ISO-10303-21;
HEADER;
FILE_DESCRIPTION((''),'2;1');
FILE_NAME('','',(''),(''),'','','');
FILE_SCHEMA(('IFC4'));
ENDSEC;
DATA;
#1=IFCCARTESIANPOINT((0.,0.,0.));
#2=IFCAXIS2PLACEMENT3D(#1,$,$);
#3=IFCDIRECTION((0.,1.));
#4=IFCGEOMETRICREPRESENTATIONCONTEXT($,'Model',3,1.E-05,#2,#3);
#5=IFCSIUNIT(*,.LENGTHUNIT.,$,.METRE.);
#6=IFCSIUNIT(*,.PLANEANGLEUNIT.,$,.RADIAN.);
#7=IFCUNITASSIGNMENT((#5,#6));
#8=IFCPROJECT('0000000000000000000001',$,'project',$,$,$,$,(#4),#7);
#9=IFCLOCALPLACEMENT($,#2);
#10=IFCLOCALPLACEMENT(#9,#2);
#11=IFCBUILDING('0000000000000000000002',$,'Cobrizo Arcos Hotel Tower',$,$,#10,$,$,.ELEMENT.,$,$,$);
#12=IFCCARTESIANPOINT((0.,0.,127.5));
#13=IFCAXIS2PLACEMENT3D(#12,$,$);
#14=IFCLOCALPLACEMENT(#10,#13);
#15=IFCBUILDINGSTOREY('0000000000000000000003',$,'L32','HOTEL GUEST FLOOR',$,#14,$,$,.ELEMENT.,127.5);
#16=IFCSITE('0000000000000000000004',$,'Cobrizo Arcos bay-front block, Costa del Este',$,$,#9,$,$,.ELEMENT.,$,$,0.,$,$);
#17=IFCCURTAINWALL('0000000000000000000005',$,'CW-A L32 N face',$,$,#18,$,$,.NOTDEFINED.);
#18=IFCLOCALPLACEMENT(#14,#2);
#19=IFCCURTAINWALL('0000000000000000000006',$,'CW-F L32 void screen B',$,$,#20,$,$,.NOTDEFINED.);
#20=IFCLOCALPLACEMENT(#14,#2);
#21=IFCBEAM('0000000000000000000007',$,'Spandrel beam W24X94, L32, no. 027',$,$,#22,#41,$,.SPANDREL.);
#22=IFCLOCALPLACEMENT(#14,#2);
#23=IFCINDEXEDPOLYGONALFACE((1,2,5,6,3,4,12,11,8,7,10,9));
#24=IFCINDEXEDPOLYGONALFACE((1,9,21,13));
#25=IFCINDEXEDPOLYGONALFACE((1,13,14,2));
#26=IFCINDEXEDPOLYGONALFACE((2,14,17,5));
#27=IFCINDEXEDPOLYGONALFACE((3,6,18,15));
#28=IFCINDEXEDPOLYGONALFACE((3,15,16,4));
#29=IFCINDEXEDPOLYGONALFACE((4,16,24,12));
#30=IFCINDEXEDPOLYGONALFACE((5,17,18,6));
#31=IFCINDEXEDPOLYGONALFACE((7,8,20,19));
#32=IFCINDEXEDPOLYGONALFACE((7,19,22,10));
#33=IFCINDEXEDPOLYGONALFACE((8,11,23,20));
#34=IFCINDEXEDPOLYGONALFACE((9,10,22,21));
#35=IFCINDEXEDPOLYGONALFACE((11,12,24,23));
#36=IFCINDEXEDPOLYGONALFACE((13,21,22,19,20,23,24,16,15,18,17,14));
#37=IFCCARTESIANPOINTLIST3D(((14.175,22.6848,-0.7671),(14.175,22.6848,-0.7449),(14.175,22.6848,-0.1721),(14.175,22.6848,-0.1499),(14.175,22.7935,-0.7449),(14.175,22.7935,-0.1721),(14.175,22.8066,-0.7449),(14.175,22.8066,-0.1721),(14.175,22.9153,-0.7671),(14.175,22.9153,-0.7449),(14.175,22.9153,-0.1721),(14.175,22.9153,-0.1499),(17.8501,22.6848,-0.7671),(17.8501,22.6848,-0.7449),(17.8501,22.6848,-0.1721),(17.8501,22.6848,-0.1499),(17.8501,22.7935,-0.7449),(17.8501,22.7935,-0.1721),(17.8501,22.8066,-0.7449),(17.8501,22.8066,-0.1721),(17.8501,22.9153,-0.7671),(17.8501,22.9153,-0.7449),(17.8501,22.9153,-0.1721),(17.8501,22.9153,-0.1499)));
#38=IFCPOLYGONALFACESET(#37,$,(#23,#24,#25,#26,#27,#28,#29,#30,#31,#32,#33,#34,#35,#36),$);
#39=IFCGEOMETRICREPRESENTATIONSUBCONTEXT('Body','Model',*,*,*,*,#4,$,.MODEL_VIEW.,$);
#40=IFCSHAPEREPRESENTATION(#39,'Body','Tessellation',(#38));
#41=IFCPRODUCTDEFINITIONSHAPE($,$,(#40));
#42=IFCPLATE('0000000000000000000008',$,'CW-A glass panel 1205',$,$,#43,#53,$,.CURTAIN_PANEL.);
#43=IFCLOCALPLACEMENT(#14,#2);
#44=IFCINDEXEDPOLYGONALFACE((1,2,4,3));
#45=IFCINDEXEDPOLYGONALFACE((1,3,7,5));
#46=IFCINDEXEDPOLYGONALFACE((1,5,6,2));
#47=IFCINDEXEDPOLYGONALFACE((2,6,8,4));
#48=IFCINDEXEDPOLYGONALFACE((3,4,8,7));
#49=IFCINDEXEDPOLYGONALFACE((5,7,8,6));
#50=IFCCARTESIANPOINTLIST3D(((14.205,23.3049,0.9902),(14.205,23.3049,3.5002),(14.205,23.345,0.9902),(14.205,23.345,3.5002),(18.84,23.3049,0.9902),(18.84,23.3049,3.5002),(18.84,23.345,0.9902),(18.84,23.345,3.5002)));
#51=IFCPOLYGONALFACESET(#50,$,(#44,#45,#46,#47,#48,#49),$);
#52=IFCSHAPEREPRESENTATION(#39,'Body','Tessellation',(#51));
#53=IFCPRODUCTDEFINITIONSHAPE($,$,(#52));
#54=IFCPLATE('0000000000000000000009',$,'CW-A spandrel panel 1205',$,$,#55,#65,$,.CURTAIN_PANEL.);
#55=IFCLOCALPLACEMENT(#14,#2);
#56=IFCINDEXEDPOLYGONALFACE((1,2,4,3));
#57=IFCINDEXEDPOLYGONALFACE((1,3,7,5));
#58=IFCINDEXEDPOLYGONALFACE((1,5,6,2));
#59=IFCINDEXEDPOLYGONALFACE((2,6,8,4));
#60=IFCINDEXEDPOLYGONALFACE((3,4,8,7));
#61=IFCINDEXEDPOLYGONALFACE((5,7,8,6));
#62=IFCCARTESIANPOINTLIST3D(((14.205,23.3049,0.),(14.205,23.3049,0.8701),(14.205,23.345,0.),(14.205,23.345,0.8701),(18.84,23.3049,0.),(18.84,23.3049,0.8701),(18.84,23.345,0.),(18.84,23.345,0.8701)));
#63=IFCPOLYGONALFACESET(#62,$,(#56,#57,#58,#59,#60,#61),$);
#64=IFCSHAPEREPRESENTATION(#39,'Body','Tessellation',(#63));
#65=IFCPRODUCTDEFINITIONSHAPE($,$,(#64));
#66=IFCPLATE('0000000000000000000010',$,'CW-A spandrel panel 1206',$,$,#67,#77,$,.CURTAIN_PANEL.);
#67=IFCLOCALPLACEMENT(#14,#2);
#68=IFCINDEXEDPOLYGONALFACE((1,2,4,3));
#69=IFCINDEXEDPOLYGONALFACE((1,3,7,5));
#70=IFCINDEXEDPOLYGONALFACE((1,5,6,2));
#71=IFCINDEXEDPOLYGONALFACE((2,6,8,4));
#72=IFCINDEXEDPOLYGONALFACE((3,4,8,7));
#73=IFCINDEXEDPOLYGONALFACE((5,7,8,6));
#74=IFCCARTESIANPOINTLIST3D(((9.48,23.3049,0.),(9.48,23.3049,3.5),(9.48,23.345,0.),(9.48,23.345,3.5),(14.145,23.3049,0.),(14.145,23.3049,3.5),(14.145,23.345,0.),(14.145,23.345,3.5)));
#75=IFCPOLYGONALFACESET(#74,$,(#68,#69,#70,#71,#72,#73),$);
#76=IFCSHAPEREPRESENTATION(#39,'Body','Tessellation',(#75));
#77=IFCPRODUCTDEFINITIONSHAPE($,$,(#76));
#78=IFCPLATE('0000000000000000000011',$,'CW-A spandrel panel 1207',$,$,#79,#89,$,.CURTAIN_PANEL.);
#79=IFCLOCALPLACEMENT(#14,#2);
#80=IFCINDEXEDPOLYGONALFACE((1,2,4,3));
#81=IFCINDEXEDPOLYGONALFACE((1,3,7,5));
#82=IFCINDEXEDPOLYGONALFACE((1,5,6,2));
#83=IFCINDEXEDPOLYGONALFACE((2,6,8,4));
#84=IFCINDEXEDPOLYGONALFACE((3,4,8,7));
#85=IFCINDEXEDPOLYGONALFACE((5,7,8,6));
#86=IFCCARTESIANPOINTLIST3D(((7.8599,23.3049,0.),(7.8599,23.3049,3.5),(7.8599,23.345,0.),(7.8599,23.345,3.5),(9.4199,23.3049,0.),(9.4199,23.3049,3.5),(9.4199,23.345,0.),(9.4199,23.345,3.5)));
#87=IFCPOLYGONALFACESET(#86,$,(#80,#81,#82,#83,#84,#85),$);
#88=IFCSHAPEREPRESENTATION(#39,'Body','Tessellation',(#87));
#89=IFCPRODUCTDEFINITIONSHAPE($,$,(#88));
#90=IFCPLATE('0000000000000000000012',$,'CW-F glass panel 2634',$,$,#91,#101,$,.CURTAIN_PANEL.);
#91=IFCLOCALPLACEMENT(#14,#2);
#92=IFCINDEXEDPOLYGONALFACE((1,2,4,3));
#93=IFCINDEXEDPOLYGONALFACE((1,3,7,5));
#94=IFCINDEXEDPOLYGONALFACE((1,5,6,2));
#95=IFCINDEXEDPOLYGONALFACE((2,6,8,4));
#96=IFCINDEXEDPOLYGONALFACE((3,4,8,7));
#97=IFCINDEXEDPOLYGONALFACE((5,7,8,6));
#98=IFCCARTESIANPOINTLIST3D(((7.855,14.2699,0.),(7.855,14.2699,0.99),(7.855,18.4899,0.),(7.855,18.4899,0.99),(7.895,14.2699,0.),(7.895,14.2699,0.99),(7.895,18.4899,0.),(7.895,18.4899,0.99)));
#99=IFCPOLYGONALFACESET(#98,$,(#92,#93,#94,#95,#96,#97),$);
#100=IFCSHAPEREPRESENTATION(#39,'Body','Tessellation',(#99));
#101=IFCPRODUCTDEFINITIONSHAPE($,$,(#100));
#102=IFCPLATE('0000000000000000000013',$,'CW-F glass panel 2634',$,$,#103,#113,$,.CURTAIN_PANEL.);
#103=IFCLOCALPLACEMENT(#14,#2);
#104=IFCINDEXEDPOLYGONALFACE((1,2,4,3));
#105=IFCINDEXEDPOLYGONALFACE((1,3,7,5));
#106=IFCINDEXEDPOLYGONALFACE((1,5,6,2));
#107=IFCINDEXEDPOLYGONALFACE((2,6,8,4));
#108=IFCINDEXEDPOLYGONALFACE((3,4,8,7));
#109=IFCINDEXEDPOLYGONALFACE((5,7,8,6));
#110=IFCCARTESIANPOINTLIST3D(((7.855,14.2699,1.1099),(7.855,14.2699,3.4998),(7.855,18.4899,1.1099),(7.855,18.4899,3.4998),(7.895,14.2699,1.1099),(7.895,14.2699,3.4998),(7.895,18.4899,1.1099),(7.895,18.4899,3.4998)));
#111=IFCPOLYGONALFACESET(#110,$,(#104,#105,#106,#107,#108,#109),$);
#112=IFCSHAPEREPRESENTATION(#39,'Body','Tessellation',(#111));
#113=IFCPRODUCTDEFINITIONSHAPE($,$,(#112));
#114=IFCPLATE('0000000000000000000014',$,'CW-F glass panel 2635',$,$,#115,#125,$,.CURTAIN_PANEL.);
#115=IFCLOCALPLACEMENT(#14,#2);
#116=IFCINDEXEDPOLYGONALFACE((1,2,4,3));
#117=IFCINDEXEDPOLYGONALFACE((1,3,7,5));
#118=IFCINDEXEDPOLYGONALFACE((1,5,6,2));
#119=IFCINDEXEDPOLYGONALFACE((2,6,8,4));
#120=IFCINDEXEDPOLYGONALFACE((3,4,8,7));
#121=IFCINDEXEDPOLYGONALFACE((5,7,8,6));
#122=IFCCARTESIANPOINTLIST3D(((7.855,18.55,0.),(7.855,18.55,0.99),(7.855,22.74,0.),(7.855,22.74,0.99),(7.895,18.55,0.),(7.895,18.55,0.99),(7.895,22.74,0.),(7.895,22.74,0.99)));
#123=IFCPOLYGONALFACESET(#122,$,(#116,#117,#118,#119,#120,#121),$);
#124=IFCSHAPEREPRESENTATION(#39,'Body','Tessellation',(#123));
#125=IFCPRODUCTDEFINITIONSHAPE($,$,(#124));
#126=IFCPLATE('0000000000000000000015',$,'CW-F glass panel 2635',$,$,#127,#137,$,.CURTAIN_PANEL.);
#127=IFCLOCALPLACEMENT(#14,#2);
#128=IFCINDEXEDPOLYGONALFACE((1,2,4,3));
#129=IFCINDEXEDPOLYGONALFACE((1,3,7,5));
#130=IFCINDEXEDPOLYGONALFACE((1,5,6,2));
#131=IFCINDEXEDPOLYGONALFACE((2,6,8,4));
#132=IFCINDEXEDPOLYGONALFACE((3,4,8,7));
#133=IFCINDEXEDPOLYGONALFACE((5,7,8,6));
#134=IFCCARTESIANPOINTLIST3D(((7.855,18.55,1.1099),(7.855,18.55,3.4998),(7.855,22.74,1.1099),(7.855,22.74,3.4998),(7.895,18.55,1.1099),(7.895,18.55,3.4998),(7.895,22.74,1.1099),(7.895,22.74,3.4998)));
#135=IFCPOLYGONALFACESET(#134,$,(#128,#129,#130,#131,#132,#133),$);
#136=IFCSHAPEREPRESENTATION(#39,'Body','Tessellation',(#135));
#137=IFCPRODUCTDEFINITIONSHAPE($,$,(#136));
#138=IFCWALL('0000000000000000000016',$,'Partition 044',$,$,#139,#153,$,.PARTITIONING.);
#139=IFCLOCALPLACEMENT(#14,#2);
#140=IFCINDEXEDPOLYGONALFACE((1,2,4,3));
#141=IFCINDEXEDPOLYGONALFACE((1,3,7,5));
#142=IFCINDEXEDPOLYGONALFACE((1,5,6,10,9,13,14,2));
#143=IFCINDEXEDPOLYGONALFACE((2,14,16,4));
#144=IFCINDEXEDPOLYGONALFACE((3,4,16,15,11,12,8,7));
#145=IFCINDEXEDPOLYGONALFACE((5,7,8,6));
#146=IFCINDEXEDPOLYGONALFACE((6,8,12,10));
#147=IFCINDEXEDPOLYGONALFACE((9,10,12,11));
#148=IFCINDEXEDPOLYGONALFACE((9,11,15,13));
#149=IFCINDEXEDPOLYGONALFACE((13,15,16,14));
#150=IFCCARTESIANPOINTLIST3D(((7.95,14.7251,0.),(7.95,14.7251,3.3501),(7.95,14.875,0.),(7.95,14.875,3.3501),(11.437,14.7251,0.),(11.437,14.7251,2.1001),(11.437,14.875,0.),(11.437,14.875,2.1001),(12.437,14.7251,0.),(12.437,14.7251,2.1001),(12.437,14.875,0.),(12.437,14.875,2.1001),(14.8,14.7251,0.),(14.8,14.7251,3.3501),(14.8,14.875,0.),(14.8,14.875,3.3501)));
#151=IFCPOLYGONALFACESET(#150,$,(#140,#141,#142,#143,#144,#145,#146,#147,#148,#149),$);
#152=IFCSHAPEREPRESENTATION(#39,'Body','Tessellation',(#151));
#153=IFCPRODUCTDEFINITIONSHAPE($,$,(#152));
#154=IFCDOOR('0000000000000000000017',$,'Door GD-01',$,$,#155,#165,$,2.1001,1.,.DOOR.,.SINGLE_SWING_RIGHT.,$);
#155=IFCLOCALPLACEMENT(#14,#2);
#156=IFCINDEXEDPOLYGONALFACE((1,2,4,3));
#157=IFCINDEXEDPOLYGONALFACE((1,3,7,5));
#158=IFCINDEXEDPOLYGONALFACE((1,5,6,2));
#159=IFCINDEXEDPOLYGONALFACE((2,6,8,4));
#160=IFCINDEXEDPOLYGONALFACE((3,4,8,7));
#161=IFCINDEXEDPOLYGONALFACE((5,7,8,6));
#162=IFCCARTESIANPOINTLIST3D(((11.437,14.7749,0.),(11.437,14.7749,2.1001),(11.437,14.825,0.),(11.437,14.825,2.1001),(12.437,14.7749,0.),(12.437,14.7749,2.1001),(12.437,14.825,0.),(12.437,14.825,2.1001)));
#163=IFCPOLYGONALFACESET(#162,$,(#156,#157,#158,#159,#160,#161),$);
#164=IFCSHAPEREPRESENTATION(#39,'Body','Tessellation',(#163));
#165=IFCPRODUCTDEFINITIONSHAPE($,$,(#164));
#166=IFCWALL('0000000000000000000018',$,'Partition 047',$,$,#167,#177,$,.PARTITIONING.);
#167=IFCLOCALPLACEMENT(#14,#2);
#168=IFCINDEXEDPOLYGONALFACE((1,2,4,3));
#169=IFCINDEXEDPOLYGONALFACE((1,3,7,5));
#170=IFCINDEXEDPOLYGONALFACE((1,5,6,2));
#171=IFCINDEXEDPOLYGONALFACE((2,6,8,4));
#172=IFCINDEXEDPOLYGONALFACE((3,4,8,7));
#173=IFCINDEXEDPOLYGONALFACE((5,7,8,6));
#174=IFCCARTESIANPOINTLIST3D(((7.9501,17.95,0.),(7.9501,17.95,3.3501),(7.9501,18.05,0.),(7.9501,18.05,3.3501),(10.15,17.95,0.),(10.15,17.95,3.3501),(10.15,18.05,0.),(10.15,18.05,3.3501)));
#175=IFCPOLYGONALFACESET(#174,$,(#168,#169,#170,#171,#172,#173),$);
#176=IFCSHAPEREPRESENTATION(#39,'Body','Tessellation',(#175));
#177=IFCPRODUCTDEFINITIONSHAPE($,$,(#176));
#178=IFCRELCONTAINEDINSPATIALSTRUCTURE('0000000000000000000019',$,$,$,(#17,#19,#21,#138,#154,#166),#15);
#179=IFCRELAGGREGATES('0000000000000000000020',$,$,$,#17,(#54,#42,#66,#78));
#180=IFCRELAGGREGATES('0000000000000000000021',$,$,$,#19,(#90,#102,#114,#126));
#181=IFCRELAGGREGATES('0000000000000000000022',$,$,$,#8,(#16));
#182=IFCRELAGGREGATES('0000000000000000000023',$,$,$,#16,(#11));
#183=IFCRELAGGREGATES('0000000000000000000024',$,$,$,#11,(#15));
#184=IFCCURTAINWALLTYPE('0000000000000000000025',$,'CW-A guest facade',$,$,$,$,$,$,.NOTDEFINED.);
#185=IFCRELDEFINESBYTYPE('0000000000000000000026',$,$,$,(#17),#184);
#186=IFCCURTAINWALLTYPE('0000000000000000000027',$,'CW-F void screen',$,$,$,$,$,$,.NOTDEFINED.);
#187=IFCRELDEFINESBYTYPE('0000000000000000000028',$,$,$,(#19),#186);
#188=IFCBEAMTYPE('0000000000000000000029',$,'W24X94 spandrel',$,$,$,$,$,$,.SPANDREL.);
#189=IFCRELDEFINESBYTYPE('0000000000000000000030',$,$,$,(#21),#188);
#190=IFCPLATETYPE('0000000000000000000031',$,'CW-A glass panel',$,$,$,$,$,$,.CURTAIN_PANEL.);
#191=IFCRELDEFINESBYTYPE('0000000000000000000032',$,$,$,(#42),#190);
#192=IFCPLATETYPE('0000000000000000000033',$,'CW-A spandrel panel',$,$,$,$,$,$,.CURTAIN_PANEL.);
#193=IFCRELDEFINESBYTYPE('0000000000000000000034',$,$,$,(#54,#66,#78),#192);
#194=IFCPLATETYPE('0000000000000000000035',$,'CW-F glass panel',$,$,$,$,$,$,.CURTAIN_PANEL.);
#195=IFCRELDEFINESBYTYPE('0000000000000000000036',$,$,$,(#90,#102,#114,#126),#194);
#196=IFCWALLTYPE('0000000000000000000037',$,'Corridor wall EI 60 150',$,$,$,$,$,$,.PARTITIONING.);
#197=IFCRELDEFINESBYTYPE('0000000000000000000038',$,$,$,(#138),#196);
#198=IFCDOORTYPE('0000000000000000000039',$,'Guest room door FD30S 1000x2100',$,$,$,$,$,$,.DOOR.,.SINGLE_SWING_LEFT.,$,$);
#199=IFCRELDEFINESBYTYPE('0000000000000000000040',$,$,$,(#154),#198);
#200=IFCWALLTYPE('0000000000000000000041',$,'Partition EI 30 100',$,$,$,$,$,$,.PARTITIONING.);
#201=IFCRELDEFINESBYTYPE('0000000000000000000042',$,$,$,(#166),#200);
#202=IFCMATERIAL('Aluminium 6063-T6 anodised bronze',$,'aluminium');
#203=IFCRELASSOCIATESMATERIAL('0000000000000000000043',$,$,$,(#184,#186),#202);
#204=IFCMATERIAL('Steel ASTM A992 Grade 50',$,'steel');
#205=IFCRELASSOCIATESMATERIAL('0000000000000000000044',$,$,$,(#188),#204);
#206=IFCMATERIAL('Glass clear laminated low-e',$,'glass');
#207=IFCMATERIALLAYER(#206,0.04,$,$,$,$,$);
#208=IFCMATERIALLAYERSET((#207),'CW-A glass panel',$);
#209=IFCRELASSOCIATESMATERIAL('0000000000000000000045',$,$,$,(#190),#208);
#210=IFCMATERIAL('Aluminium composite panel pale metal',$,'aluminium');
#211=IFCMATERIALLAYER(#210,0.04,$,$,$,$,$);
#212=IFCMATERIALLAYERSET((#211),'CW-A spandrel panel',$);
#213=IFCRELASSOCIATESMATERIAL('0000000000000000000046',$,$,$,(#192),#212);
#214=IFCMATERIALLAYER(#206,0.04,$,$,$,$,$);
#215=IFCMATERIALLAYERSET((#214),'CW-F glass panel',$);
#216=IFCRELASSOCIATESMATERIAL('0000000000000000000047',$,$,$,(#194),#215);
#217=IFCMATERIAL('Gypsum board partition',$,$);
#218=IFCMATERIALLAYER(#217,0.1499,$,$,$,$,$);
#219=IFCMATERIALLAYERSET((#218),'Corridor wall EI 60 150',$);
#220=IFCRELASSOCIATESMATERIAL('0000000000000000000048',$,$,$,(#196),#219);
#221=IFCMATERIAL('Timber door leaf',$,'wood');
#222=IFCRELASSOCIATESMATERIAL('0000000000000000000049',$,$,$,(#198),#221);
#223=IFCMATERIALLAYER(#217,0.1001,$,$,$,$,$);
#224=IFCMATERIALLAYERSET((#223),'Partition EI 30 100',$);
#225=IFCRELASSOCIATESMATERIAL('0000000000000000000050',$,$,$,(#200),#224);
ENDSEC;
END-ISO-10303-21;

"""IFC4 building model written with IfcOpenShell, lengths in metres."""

from ifc_helpers import new_model, si_unit, direction, frame, frame_2d, origin, origin_2d, place, context, subcontext, project, spatial, rectangle, i_section, extrude, material, layer, layer_set, material_profile, profile_set, type_object, element, fill, aggregate, save


model = new_model("IFC4")

# Units and contexts
model_context = context("Model", 3, precision=1e-05, world=origin(), true_north=direction((0.0, 1.0)))
body_context = subcontext(model_context, "Body", "Model", "MODEL_VIEW")
ifc_project = project(units=[si_unit("LENGTHUNIT", "METRE"), si_unit("PLANEANGLEUNIT", "RADIAN")], contexts=[model_context])

# Site, building, storey
site_placement = place(None, origin())
site = spatial("IfcSite", under=ifc_project, at=site_placement, Name="Cobrizo Arcos bay-front block, Costa del Este", CompositionType="ELEMENT", RefElevation=0.0)
building_placement = place(site_placement, origin())
building = spatial("IfcBuilding", under=site, at=building_placement, Name="Cobrizo Arcos Hotel Tower", CompositionType="ELEMENT")
storey_placement = place(building_placement, frame((0.0, 0.0, 127.5)))
storey = spatial("IfcBuildingStorey", under=building, at=storey_placement, Name="L32", Description="HOTEL GUEST FLOOR", CompositionType="ELEMENT", Elevation=127.5)

# Curtain walls
ifc_material_1 = material(Name="Aluminium 6063-T6 anodised bronze", Category="aluminium")
curtain_wall_type_1 = type_object("IfcCurtainWallType", Name="CW-A guest facade", PredefinedType="NOTDEFINED", material=ifc_material_1)
curtain_wall_1_placement = place(storey_placement, origin())
curtain_wall_1 = element("IfcCurtainWall", 1, at=curtain_wall_1_placement, inside=storey, type_object=curtain_wall_type_1, Name="CW-A L32 N face", PredefinedType="NOTDEFINED")
curtain_wall_type_2 = type_object("IfcCurtainWallType", Name="CW-F void screen", PredefinedType="NOTDEFINED", material=ifc_material_1)
curtain_wall_2_placement = place(storey_placement, origin())
curtain_wall_2 = element("IfcCurtainWall", 2, at=curtain_wall_2_placement, inside=storey, type_object=curtain_wall_type_2, Name="CW-F L32 void screen B", PredefinedType="NOTDEFINED")

# Beam
ifc_material_2 = material(Name="Steel ASTM A992 Grade 50", Category="steel")
ifc_material_profile_1 = material_profile(ifc_material_2, i_section(OverallWidth=0.2305, OverallDepth=0.6172, WebThickness=0.0132, FlangeThickness=0.0222, at=origin_2d()), Name="W24X94")
ifc_profile_set_1 = profile_set([ifc_material_profile_1], Name="Steel ASTM A992 Grade 50")
beam_type = type_object("IfcBeamType", Name="W24X94 spandrel", PredefinedType="SPANDREL", material=ifc_profile_set_1)
beam_1_placement = place(storey_placement, frame((14.175, 22.8, -0.4585), z_axis=(1.0, 0.0, 0.0), x_axis=(0.0, 1.0, 0.0)))
element("IfcBeam", 3, at=beam_1_placement, inside=storey, type_object=beam_type, Name="Spandrel beam W24X94, L32, no. 027", PredefinedType="SPANDREL", context=body_context, shape_type="SweptSolid", body=[
    extrude(i_section(OverallWidth=0.2305, OverallDepth=0.6172, WebThickness=0.0132, FlangeThickness=0.0222, at=origin_2d()), origin(), (0.0, 0.0, 1.0), 3.675),
])

# Plates
ifc_material_3 = material(Name="Glass clear laminated low-e", Category="glass")
ifc_layer_1 = layer(ifc_material_3, 0.04)
ifc_layer_set_1 = layer_set([ifc_layer_1], Name="CW-A glass panel")
plate_type_1 = type_object("IfcPlateType", Name="CW-A glass panel", PredefinedType="CURTAIN_PANEL", material=ifc_layer_set_1)
plate_1_placement = place(storey_placement, frame((16.5225, 23.325, 0.9902), z_axis=(0.0, 0.0, 1.0), x_axis=(-1.0, 0.0, 0.0)))
plate_1 = element("IfcPlate", 4, at=plate_1_placement, type_object=plate_type_1, Name="CW-A glass panel 1205", PredefinedType="CURTAIN_PANEL", context=body_context, shape_type="SweptSolid", body=[
    extrude(rectangle(XDim=4.635, YDim=0.04, at=origin_2d()), origin(), (0.0, 0.0, 1.0), 2.51),
])
ifc_material_4 = material(Name="Aluminium composite panel pale metal", Category="aluminium")
ifc_layer_2 = layer(ifc_material_4, 0.04)
ifc_layer_set_2 = layer_set([ifc_layer_2], Name="CW-A spandrel panel")
plate_type_2 = type_object("IfcPlateType", Name="CW-A spandrel panel", PredefinedType="CURTAIN_PANEL", material=ifc_layer_set_2)
plate_2_placement = place(storey_placement, frame((16.5225, 23.325, 0.0), z_axis=(0.0, 0.0, 1.0), x_axis=(-1.0, 0.0, 0.0)))
plate_2 = element("IfcPlate", 5, at=plate_2_placement, type_object=plate_type_2, Name="CW-A spandrel panel 1205", PredefinedType="CURTAIN_PANEL", context=body_context, shape_type="SweptSolid", body=[
    extrude(rectangle(XDim=4.635, YDim=0.04, at=origin_2d()), origin(), (0.0, 0.0, 1.0), 0.8701),
])
plate_3_placement = place(storey_placement, frame((11.8125, 23.325, 0.0), z_axis=(0.0, 0.0, 1.0), x_axis=(-1.0, 0.0, 0.0)))
plate_3 = element("IfcPlate", 6, at=plate_3_placement, type_object=plate_type_2, Name="CW-A spandrel panel 1206", PredefinedType="CURTAIN_PANEL", context=body_context, shape_type="SweptSolid", body=[
    extrude(rectangle(XDim=4.665, YDim=0.04, at=origin_2d()), origin(), (0.0, 0.0, 1.0), 3.5),
])
plate_4_placement = place(storey_placement, frame((8.6399, 23.325, 0.0), z_axis=(0.0, 0.0, 1.0), x_axis=(-1.0, 0.0, 0.0)))
plate_4 = element("IfcPlate", 7, at=plate_4_placement, type_object=plate_type_2, Name="CW-A spandrel panel 1207", PredefinedType="CURTAIN_PANEL", context=body_context, shape_type="SweptSolid", body=[
    extrude(rectangle(XDim=1.5601, YDim=0.04, at=origin_2d()), origin(), (0.0, 0.0, 1.0), 3.5),
])
aggregate(curtain_wall_1, [plate_2, plate_1, plate_3, plate_4])
ifc_layer_3 = layer(ifc_material_3, 0.04)
ifc_layer_set_3 = layer_set([ifc_layer_3], Name="CW-F glass panel")
plate_type_3 = type_object("IfcPlateType", Name="CW-F glass panel", PredefinedType="CURTAIN_PANEL", material=ifc_layer_set_3)
plate_5_placement = place(storey_placement, frame((7.875, 16.3799, 0.0), z_axis=(0.0, 0.0, 1.0), x_axis=(0.0, 1.0, 0.0)))
plate_5 = element("IfcPlate", 8, at=plate_5_placement, type_object=plate_type_3, Name="CW-F glass panel 2634", PredefinedType="CURTAIN_PANEL", context=body_context, shape_type="SweptSolid", body=[
    extrude(rectangle(XDim=4.22, YDim=0.04, at=origin_2d()), origin(), (0.0, 0.0, 1.0), 0.99),
])
plate_6_placement = place(storey_placement, frame((7.875, 16.3799, 1.1099), z_axis=(0.0, 0.0, 1.0), x_axis=(0.0, 1.0, 0.0)))
plate_6 = element("IfcPlate", 9, at=plate_6_placement, type_object=plate_type_3, Name="CW-F glass panel 2634", PredefinedType="CURTAIN_PANEL", context=body_context, shape_type="SweptSolid", body=[
    extrude(rectangle(XDim=4.22, YDim=0.04, at=origin_2d()), origin(), (0.0, 0.0, 1.0), 2.3899),
])
plate_7_placement = place(storey_placement, frame((7.875, 20.645, 0.0), z_axis=(0.0, 0.0, 1.0), x_axis=(0.0, 1.0, 0.0)))
plate_7 = element("IfcPlate", 10, at=plate_7_placement, type_object=plate_type_3, Name="CW-F glass panel 2635", PredefinedType="CURTAIN_PANEL", context=body_context, shape_type="SweptSolid", body=[
    extrude(rectangle(XDim=4.1899, YDim=0.04, at=origin_2d()), origin(), (0.0, 0.0, 1.0), 0.99),
])
plate_8_placement = place(storey_placement, frame((7.875, 20.645, 1.1099), z_axis=(0.0, 0.0, 1.0), x_axis=(0.0, 1.0, 0.0)))
plate_8 = element("IfcPlate", 11, at=plate_8_placement, type_object=plate_type_3, Name="CW-F glass panel 2635", PredefinedType="CURTAIN_PANEL", context=body_context, shape_type="SweptSolid", body=[
    extrude(rectangle(XDim=4.1899, YDim=0.04, at=origin_2d()), origin(), (0.0, 0.0, 1.0), 2.3899),
])
aggregate(curtain_wall_2, [plate_5, plate_6, plate_7, plate_8])

# Wall, opening, door
ifc_material_5 = material(Name="Gypsum board partition")
ifc_layer_4 = layer(ifc_material_5, 0.1499)
ifc_layer_set_4 = layer_set([ifc_layer_4], Name="Corridor wall EI 60 150")
wall_type_1 = type_object("IfcWallType", Name="Corridor wall EI 60 150", PredefinedType="PARTITIONING", material=ifc_layer_set_4)
wall_1_placement = place(storey_placement, frame((7.95, 14.8, 0.0), z_axis=(0.0, 0.0, 1.0), x_axis=(1.0, 0.0, 0.0)))
wall_1 = element("IfcWall", 12, at=wall_1_placement, inside=storey, type_object=wall_type_1, Name="Partition 044", PredefinedType="PARTITIONING", context=body_context, shape_type="SweptSolid", body=[
    extrude(rectangle(XDim=6.8501, YDim=0.1499, at=frame_2d((3.425, 0.0))), origin(), (0.0, 0.0, 1.0), 3.3501),
])
opening_1_placement = place(wall_1_placement, frame((3.4871, 0.0, 0.0)))
opening_1 = element("IfcOpeningElement", 13, at=opening_1_placement, cuts=wall_1, PredefinedType="OPENING", context=body_context, shape_type="SweptSolid", body=[
    extrude(rectangle(XDim=1.0, YDim=2.1001, at=frame_2d((0.5, 1.05))), frame((0.0, 0.0869, 0.0), z_axis=(0.0, -1.0, 0.0), x_axis=(1.0, 0.0, 0.0)), (0.0, 0.0, 1.0), 0.1738),
])
ifc_material_6 = material(Name="Timber door leaf", Category="wood")
door_type_1 = type_object("IfcDoorType", Name="Guest room door FD30S 1000x2100", OperationType="SINGLE_SWING_LEFT", PredefinedType="DOOR", material=ifc_material_6)
door_1_placement = place(opening_1_placement, origin())
door_1 = element("IfcDoor", 14, at=door_1_placement, inside=storey, type_object=door_type_1, Name="Door GD-01", OperationType="SINGLE_SWING_RIGHT", OverallHeight=2.1001, OverallWidth=1.0, PredefinedType="DOOR", context=body_context, shape_type="SweptSolid", body=[
    extrude(rectangle(XDim=1.0, YDim=2.1001, at=frame_2d((0.5, 1.05))), frame((0.0, 0.0249, 0.0), z_axis=(0.0, -1.0, 0.0), x_axis=(1.0, 0.0, 0.0)), (0.0, 0.0, 1.0), 0.05),
])
fill(opening_1, door_1)

# Wall
ifc_layer_5 = layer(ifc_material_5, 0.1001)
ifc_layer_set_5 = layer_set([ifc_layer_5], Name="Partition EI 30 100")
wall_type_2 = type_object("IfcWallType", Name="Partition EI 30 100", PredefinedType="PARTITIONING", material=ifc_layer_set_5)
wall_2_placement = place(storey_placement, frame((7.95, 18.0, 0.0), z_axis=(0.0, 0.0, 1.0), x_axis=(1.0, 0.0, 0.0)))
element("IfcWall", 15, at=wall_2_placement, inside=storey, type_object=wall_type_2, Name="Partition 047", PredefinedType="PARTITIONING", context=body_context, shape_type="SweptSolid", body=[
    extrude(rectangle(XDim=2.2, YDim=0.1001, at=frame_2d((1.1001, 0.0))), origin(), (0.0, 0.0, 1.0), 3.3501),
])

save(model, "model.ifc")
